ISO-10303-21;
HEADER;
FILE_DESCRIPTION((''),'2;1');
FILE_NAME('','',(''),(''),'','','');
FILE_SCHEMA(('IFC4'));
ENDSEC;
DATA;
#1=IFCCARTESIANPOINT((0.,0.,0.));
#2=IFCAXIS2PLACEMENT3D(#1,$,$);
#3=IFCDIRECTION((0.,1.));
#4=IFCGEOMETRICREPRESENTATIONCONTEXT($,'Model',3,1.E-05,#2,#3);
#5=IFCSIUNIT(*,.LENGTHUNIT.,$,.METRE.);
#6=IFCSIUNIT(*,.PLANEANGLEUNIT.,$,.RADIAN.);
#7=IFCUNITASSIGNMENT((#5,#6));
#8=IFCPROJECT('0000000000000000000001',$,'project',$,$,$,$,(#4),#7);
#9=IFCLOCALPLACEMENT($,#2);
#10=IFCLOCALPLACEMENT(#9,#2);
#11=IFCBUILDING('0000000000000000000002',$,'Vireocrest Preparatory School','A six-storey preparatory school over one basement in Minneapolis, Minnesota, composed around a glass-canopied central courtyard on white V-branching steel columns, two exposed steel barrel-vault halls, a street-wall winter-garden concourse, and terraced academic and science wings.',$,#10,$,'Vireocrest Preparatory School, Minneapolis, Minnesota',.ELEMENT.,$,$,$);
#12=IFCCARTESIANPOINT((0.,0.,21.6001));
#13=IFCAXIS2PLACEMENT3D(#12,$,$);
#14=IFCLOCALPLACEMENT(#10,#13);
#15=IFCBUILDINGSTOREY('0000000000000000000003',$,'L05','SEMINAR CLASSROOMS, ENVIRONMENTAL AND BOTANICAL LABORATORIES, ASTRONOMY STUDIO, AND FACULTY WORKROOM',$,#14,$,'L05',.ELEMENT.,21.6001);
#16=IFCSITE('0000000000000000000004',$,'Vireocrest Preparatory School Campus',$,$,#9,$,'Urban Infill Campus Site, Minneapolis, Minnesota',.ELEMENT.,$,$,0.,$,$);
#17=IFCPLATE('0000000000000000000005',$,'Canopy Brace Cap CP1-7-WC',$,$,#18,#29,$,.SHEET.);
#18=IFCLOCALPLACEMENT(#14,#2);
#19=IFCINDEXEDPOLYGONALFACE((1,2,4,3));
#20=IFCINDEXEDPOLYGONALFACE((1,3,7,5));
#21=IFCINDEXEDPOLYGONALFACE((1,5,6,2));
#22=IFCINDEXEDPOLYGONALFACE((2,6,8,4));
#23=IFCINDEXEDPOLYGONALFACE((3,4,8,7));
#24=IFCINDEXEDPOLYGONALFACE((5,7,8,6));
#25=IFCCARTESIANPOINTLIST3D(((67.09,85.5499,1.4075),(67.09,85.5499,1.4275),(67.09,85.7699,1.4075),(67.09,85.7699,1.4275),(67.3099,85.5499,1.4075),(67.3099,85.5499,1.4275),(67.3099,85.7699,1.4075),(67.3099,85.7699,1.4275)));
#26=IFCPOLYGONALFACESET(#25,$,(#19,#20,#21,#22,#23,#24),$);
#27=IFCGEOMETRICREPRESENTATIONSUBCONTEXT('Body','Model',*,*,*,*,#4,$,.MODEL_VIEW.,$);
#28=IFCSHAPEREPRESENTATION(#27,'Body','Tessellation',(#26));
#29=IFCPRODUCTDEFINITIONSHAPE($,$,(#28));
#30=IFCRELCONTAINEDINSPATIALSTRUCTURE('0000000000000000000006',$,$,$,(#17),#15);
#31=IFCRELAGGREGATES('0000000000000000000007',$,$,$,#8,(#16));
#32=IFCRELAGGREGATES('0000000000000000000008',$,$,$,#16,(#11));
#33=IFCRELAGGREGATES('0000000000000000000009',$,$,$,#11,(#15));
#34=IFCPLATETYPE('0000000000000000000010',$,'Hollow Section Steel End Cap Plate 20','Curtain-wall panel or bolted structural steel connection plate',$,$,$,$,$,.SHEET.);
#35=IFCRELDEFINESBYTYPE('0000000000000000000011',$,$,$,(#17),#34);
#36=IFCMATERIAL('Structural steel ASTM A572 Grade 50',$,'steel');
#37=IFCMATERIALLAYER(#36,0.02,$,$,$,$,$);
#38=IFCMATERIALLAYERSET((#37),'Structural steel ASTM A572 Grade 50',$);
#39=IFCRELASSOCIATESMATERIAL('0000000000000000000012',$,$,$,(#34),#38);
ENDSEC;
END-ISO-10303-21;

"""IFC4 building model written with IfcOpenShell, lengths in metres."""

from ifc_helpers import new_model, si_unit, direction, frame, origin, origin_2d, place, context, subcontext, project, spatial, rectangle, extrude, material, layer, layer_set, type_object, element, save


model = new_model("IFC4")

# Units and contexts
model_context = context("Model", 3, precision=1e-05, world=origin(), true_north=direction((0.0, 1.0)))
body_context = subcontext(model_context, "Body", "Model", "MODEL_VIEW")
ifc_project = project(units=[si_unit("LENGTHUNIT", "METRE"), si_unit("PLANEANGLEUNIT", "RADIAN")], contexts=[model_context])

# Site, building, storey
site_placement = place(None, origin())
site = spatial("IfcSite", under=ifc_project, at=site_placement, Name="Vireocrest Preparatory School Campus", LongName="Urban Infill Campus Site, Minneapolis, Minnesota", CompositionType="ELEMENT", RefElevation=0.0)
building_placement = place(site_placement, origin())
building = spatial("IfcBuilding", under=site, at=building_placement, Name="Vireocrest Preparatory School", Description="A six-storey preparatory school over one basement in Minneapolis, Minnesota, composed around a glass-canopied central courtyard on white V-branching steel columns, two exposed steel barrel-vault halls, a street-wall winter-garden concourse, and terraced academic and science wings.", LongName="Vireocrest Preparatory School, Minneapolis, Minnesota", CompositionType="ELEMENT")
storey_placement = place(building_placement, frame((0.0, 0.0, 21.6001)))
storey = spatial("IfcBuildingStorey", under=building, at=storey_placement, Name="L05", Description="SEMINAR CLASSROOMS, ENVIRONMENTAL AND BOTANICAL LABORATORIES, ASTRONOMY STUDIO, AND FACULTY WORKROOM", LongName="L05", CompositionType="ELEMENT", Elevation=21.6001)

# Plate
ifc_material_1 = material(Name="Structural steel ASTM A572 Grade 50", Category="steel")
ifc_layer_1 = layer(ifc_material_1, 0.02)
ifc_layer_set_1 = layer_set([ifc_layer_1], Name="Structural steel ASTM A572 Grade 50")
plate_type_1 = type_object("IfcPlateType", Name="Hollow Section Steel End Cap Plate 20", Description="Curtain-wall panel or bolted structural steel connection plate", PredefinedType="SHEET", material=ifc_layer_set_1)
for number, where, z_axis, x_axis, name in (
    (1, (67.2, 85.6599, 1.4075), (0.0, 0.0, 1.0), (1.0, 0.0, 0.0), "Canopy Brace Cap CP1-7-WC"),
):
    element("IfcPlate", number, at=place(storey_placement, frame(where, z_axis=z_axis, x_axis=x_axis)), inside=storey, type_object=plate_type_1, Name=name, PredefinedType="SHEET", context=body_context, shape_type="SweptSolid", body=[
        extrude(rectangle(XDim=0.22, YDim=0.22, at=origin_2d()), origin(), (0.0, 0.0, 1.0), 0.02),
    ])

save(model, "model.ifc")
